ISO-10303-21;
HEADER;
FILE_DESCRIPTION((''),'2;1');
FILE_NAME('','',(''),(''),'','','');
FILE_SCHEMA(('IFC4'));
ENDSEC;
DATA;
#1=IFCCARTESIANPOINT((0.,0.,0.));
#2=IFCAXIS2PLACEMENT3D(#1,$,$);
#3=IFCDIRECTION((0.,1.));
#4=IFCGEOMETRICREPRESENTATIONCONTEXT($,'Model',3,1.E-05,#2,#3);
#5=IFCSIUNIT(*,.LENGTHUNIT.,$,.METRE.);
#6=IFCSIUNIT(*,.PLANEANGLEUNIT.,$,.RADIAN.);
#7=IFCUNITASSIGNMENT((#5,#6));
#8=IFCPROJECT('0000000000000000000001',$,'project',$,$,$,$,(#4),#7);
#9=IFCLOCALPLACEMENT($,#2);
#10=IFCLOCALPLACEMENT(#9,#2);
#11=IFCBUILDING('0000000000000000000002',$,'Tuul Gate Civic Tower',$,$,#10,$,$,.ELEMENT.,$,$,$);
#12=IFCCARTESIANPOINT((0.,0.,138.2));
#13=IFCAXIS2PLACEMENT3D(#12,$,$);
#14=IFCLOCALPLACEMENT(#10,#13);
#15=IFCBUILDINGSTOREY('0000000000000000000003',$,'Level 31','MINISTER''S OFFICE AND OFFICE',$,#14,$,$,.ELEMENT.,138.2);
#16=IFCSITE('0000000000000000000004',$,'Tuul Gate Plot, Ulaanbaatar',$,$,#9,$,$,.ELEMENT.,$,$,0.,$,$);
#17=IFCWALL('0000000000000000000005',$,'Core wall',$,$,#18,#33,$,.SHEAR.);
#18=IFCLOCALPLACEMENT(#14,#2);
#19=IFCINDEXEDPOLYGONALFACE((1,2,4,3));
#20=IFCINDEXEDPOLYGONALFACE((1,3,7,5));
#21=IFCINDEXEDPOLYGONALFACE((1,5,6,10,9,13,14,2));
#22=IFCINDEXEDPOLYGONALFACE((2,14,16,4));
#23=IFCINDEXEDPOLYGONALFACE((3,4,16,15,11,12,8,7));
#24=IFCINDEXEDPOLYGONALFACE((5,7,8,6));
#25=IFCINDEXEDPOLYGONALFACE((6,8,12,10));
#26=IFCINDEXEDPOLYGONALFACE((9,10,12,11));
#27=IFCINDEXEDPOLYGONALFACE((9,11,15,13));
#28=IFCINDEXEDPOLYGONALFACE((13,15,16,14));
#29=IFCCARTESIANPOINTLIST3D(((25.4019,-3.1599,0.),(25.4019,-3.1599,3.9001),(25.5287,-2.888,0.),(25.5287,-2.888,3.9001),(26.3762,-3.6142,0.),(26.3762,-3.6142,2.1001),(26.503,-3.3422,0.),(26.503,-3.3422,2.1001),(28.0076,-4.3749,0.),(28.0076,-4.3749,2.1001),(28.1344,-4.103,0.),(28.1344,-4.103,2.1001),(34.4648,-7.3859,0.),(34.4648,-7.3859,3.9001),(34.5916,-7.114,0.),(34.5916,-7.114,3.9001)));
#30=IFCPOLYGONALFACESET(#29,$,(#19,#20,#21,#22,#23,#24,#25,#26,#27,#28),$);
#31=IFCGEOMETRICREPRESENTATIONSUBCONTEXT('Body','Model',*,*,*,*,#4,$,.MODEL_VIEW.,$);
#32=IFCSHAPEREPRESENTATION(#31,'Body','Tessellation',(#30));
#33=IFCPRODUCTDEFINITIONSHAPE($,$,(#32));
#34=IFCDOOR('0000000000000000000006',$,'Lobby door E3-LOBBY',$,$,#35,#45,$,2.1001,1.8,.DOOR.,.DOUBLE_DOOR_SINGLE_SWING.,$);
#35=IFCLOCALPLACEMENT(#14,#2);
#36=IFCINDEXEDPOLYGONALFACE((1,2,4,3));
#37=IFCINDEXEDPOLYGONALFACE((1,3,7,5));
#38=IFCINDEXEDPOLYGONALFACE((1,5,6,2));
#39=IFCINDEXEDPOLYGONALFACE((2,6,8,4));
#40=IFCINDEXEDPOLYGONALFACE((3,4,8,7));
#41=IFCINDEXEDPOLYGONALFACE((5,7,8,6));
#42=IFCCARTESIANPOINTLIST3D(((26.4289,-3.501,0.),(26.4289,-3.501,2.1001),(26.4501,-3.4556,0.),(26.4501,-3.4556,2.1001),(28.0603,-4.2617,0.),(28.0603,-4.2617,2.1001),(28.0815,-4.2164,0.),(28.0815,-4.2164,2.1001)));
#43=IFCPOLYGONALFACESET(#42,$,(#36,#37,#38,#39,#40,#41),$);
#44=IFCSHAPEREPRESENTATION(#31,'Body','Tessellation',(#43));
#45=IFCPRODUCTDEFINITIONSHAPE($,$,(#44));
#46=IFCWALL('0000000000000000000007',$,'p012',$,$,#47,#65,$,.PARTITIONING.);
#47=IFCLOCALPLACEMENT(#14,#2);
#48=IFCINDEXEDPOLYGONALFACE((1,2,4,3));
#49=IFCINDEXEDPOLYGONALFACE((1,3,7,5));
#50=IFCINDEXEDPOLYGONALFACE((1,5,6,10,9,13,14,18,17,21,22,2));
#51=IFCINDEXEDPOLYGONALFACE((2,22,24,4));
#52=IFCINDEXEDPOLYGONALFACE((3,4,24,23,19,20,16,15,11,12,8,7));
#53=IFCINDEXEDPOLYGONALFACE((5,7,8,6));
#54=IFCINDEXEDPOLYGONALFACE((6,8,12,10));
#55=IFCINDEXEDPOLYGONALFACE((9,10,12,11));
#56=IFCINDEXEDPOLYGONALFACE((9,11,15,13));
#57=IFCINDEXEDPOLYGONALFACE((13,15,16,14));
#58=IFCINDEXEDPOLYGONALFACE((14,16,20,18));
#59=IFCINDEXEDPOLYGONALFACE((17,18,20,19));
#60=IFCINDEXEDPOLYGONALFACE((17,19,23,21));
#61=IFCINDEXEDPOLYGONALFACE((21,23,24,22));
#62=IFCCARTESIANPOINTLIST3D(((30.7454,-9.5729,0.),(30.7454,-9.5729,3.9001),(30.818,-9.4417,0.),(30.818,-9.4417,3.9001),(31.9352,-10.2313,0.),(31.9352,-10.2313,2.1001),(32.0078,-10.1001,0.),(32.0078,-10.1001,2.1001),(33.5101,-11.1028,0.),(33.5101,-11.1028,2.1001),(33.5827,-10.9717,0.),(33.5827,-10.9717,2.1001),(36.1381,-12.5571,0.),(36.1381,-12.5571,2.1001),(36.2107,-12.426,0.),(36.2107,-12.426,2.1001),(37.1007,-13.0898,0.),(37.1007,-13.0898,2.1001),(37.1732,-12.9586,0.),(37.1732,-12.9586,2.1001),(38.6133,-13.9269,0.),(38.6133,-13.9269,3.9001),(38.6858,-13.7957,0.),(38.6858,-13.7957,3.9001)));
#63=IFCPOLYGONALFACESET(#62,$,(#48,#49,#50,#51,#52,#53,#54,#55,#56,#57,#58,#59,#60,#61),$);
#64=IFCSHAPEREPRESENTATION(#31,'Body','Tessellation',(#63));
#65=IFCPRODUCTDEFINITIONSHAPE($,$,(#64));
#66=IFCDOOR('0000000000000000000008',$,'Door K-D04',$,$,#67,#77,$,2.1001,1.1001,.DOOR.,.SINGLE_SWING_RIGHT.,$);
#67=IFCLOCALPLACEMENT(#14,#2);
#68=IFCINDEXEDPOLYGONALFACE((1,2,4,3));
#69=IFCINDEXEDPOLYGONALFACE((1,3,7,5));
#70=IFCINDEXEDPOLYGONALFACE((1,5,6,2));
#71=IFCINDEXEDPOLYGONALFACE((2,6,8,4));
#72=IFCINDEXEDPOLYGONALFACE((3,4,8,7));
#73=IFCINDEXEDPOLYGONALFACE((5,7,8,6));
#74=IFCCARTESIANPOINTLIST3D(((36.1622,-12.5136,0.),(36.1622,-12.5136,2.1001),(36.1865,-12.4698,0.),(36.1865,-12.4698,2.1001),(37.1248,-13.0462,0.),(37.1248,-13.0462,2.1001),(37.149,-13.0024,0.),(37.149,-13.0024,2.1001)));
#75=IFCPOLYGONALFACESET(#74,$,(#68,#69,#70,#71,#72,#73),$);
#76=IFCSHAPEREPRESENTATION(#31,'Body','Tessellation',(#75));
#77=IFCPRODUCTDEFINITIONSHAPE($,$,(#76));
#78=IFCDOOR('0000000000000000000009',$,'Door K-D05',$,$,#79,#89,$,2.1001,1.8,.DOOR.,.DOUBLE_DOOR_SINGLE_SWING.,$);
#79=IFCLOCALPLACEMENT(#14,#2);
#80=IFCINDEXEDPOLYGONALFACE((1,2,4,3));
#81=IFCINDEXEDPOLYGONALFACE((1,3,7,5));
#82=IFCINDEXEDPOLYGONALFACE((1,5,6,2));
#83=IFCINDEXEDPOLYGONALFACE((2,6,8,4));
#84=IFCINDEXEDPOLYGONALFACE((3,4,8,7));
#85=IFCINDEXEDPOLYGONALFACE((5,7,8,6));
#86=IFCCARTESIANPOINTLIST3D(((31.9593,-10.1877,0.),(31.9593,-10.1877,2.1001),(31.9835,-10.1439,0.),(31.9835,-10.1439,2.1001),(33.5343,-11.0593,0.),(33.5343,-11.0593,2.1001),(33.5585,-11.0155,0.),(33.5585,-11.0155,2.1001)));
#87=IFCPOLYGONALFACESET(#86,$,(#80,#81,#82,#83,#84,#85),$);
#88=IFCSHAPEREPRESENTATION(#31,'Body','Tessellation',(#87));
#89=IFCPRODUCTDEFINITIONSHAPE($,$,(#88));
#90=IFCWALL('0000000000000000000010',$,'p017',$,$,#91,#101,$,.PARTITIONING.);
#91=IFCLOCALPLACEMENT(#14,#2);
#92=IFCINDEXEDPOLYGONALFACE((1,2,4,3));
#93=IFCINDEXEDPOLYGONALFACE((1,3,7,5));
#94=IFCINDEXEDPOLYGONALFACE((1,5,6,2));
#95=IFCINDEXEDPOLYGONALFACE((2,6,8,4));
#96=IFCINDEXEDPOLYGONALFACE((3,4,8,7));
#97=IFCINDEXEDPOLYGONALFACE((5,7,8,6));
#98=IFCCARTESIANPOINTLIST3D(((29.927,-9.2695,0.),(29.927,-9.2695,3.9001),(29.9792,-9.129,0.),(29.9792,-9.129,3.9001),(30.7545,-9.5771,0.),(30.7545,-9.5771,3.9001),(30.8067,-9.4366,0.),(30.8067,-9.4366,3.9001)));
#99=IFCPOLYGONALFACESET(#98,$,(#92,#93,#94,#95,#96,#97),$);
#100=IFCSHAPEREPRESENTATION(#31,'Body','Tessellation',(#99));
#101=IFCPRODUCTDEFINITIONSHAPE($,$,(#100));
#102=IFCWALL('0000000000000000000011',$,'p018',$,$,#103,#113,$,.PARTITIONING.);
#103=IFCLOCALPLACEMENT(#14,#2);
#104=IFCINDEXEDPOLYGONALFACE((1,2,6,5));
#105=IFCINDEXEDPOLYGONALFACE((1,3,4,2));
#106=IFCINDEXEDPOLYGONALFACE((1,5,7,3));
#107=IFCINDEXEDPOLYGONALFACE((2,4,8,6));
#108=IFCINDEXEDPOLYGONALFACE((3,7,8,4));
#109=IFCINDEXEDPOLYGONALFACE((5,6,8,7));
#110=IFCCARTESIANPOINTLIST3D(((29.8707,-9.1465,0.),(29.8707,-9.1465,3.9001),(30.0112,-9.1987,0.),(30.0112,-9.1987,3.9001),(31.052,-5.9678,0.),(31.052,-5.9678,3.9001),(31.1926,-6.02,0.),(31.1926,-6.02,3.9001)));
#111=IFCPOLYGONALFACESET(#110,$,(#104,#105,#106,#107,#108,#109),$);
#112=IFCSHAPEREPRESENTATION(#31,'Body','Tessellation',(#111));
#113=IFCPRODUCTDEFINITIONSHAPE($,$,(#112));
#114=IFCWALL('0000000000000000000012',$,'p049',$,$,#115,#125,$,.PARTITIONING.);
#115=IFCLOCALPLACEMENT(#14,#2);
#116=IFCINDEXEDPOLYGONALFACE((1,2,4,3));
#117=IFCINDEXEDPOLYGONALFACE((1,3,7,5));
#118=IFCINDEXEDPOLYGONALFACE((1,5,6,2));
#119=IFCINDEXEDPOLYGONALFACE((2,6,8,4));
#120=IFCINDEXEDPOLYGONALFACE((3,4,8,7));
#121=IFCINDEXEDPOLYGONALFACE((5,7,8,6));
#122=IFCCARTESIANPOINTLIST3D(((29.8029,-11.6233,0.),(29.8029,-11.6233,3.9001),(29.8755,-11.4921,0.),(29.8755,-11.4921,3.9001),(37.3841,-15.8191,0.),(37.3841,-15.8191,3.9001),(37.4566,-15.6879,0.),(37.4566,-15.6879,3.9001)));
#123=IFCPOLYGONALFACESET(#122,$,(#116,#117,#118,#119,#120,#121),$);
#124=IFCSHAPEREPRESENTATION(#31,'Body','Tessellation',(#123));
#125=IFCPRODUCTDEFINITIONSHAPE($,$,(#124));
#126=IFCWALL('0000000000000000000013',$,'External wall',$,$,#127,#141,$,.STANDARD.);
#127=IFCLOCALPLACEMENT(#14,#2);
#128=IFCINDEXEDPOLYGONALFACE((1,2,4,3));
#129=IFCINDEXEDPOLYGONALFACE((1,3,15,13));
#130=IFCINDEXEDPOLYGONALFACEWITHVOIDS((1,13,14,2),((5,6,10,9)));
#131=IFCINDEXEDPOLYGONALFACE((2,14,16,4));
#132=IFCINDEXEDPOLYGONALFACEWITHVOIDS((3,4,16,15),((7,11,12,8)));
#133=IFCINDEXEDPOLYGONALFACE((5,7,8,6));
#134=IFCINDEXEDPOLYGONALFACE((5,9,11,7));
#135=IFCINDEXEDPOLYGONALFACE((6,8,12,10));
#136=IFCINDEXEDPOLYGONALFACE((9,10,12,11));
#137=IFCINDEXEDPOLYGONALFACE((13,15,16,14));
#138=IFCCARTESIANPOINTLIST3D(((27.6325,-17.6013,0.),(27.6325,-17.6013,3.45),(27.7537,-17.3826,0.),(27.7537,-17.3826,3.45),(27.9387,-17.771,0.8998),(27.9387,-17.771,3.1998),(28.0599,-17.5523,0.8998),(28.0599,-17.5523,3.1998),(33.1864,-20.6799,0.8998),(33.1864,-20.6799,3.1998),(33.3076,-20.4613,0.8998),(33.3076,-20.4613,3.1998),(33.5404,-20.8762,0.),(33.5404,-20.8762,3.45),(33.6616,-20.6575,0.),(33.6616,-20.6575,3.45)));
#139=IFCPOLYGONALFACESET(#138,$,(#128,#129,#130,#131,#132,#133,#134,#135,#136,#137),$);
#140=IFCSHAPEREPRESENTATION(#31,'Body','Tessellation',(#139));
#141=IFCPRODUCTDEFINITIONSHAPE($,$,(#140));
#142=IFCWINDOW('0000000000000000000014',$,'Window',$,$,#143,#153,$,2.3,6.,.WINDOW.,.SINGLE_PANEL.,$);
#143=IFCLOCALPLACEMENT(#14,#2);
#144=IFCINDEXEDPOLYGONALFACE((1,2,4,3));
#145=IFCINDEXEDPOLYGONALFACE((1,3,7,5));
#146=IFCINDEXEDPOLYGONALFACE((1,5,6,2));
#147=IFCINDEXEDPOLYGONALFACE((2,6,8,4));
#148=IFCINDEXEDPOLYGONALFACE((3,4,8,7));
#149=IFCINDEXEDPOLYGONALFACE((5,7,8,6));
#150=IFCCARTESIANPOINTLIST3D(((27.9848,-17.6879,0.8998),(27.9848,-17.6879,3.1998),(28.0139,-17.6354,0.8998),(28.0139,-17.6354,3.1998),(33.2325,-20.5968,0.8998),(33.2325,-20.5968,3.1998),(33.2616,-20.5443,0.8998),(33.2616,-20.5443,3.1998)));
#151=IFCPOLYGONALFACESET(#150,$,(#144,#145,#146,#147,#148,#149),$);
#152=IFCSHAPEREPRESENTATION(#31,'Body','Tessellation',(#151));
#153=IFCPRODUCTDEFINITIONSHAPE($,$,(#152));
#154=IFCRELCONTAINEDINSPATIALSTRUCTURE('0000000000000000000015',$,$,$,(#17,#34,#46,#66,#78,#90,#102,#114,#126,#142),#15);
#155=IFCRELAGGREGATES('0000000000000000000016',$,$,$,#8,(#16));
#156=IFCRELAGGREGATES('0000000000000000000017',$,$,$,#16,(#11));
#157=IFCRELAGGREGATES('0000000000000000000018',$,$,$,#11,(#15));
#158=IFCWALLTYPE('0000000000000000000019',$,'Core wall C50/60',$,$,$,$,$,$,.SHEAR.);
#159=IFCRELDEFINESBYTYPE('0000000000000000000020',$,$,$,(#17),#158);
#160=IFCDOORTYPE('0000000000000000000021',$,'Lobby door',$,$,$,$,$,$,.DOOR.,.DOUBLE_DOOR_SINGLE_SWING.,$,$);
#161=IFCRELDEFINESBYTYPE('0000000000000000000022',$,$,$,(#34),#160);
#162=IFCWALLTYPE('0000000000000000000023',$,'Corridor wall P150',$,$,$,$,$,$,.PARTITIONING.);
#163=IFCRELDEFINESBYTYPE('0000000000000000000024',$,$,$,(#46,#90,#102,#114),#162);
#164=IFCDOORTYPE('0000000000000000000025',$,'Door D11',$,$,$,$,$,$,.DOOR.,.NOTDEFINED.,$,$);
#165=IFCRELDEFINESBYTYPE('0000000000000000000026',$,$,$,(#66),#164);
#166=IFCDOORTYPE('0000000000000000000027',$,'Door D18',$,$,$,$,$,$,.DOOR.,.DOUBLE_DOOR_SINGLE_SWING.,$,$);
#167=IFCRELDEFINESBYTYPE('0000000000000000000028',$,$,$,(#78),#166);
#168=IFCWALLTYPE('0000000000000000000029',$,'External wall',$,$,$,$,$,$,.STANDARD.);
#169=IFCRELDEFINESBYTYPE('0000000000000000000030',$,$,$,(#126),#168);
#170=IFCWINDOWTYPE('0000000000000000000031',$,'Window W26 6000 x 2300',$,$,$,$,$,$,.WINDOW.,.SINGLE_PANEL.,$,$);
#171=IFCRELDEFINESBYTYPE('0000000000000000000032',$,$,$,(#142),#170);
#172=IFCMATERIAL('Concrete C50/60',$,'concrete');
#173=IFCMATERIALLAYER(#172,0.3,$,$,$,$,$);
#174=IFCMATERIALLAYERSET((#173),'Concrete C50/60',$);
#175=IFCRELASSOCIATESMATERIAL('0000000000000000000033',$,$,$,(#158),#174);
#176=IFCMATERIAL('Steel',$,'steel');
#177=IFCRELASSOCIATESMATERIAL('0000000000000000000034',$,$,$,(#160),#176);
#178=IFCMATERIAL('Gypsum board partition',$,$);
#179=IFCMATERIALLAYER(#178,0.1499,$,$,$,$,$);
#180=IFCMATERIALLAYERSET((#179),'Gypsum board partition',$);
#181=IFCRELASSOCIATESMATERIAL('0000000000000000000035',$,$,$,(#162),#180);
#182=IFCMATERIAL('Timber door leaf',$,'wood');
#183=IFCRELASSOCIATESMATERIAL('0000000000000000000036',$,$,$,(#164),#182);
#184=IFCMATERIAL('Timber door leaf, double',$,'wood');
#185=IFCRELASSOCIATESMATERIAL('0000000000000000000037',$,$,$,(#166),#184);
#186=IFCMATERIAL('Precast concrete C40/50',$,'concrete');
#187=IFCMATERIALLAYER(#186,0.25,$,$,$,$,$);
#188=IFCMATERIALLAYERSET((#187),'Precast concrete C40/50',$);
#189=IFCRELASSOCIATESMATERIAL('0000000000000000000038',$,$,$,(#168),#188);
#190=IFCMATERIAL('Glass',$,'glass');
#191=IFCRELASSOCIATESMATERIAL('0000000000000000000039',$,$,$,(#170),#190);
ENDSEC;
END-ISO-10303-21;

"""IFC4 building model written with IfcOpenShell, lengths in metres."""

from ifc_helpers import new_model, si_unit, direction, frame, frame_2d, origin, place, context, subcontext, project, spatial, rectangle, extrude, material, layer, layer_set, type_object, element, fill, save


model = new_model("IFC4")

# Units and contexts
model_context = context("Model", 3, precision=1e-05, world=origin(), true_north=direction((0.0, 1.0)))
body_context = subcontext(model_context, "Body", "Model", "MODEL_VIEW")
ifc_project = project(units=[si_unit("LENGTHUNIT", "METRE"), si_unit("PLANEANGLEUNIT", "RADIAN")], contexts=[model_context])

# Site, building, storey
site_placement = place(None, origin())
site = spatial("IfcSite", under=ifc_project, at=site_placement, Name="Tuul Gate Plot, Ulaanbaatar", CompositionType="ELEMENT", RefElevation=0.0)
building_placement = place(site_placement, origin())
building = spatial("IfcBuilding", under=site, at=building_placement, Name="Tuul Gate Civic Tower", CompositionType="ELEMENT")
storey_placement = place(building_placement, frame((0.0, 0.0, 138.2)))
storey = spatial("IfcBuildingStorey", under=building, at=storey_placement, Name="Level 31", Description="MINISTER'S OFFICE AND OFFICE", CompositionType="ELEMENT", Elevation=138.2)

# Wall, opening, door
ifc_material_1 = material(Name="Concrete C50/60", Category="concrete")
ifc_layer_1 = layer(ifc_material_1, 0.3)
ifc_layer_set_1 = layer_set([ifc_layer_1], Name="Concrete C50/60")
wall_type_1 = type_object("IfcWallType", Name="Core wall C50/60", PredefinedType="SHEAR", material=ifc_layer_set_1)
wall_1_placement = place(storey_placement, frame((34.5283, -7.25, 0.0), z_axis=(0.0, 0.0, 1.0), x_axis=(-0.90631, 0.422613, 0.0)))
wall_1 = element("IfcWall", 1, at=wall_1_placement, inside=storey, type_object=wall_type_1, Name="Core wall", PredefinedType="SHEAR", context=body_context, shape_type="SweptSolid", body=[
    extrude(rectangle(XDim=9.9998, YDim=0.3, at=frame_2d((5.0, 0.0))), origin(), (0.0, 0.0, 1.0), 3.9001),
])
opening_1_placement = place(wall_1_placement, frame((7.125, 0.0, 0.0)))
opening_1 = element("IfcOpeningElement", 2, at=opening_1_placement, cuts=wall_1, PredefinedType="OPENING", context=body_context, shape_type="SweptSolid", body=[
    extrude(rectangle(XDim=1.8, YDim=2.1001, at=frame_2d((0.8999, 1.05))), frame((0.0, 0.1602, 0.0), z_axis=(0.0, -1.0, 0.0), x_axis=(1.0, 0.0, 0.0)), (0.0, 0.0, 1.0), 0.3201),
])
ifc_material_2 = material(Name="Steel", Category="steel")
door_type_1 = type_object("IfcDoorType", Name="Lobby door", OperationType="DOUBLE_DOOR_SINGLE_SWING", PredefinedType="DOOR", material=ifc_material_2)
door_1_placement = place(opening_1_placement, frame((1.8, 0.0, 0.0), z_axis=(0.0, 0.0, 1.0), x_axis=(-1.0, 0.0, 0.0)))
door_1 = element("IfcDoor", 3, at=door_1_placement, inside=storey, type_object=door_type_1, Name="Lobby door E3-LOBBY", OperationType="DOUBLE_DOOR_SINGLE_SWING", OverallHeight=2.1001, OverallWidth=1.8, PredefinedType="DOOR", context=body_context, shape_type="SweptSolid", body=[
    extrude(rectangle(XDim=1.8, YDim=2.1001, at=frame_2d((0.9001, 1.05))), frame((0.0, 0.0249, 0.0), z_axis=(0.0, -1.0, 0.0), x_axis=(1.0, 0.0, 0.0)), (0.0, 0.0, 1.0), 0.05),
])
fill(opening_1, door_1)

# Wall, openings, doors
ifc_material_3 = material(Name="Gypsum board partition")
ifc_layer_2 = layer(ifc_material_3, 0.1499)
ifc_layer_set_2 = layer_set([ifc_layer_2], Name="Gypsum board partition")
wall_type_2 = type_object("IfcWallType", Name="Corridor wall P150", PredefinedType="PARTITIONING", material=ifc_layer_set_2)
wall_2_placement = place(storey_placement, frame((30.7817, -9.5073, 0.0), z_axis=(0.0, 0.0, 1.0), x_axis=(0.874962, -0.484192, 0.0)))
wall_2 = element("IfcWall", 4, at=wall_2_placement, inside=storey, type_object=wall_type_2, Name="p012", PredefinedType="PARTITIONING", context=body_context, shape_type="SweptSolid", body=[
    extrude(rectangle(XDim=8.9922, YDim=0.1499, at=frame_2d((4.4961, 0.0))), origin(), (0.0, 0.0, 1.0), 3.9001),
])
opening_2_placement = place(wall_2_placement, frame((6.1633, 0.0, 0.0)))
opening_2 = element("IfcOpeningElement", 5, at=opening_2_placement, cuts=wall_2, PredefinedType="OPENING", context=body_context, shape_type="SweptSolid", body=[
    extrude(rectangle(XDim=1.1001, YDim=2.1001, at=frame_2d((0.55, 1.05))), frame((0.0, 0.085, 0.0), z_axis=(0.0, -1.0, 0.0), x_axis=(1.0, 0.0, 0.0)), (0.0, 0.0, 1.0), 0.1699),
])
opening_3_placement = place(wall_2_placement, frame((1.3599, 0.0, 0.0)))
opening_3 = element("IfcOpeningElement", 6, at=opening_3_placement, cuts=wall_2, PredefinedType="OPENING", context=body_context, shape_type="SweptSolid", body=[
    extrude(rectangle(XDim=1.8, YDim=2.1001, at=frame_2d((0.8999, 1.05))), frame((0.0, 0.085, 0.0), z_axis=(0.0, -1.0, 0.0), x_axis=(1.0, 0.0, 0.0)), (0.0, 0.0, 1.0), 0.1699),
])
ifc_material_4 = material(Name="Timber door leaf", Category="wood")
door_type_2 = type_object("IfcDoorType", Name="Door D11", OperationType="NOTDEFINED", PredefinedType="DOOR", material=ifc_material_4)
door_2_placement = place(opening_2_placement, origin())
door_2 = element("IfcDoor", 7, at=door_2_placement, inside=storey, type_object=door_type_2, Name="Door K-D04", OperationType="SINGLE_SWING_RIGHT", OverallHeight=2.1001, OverallWidth=1.1001, PredefinedType="DOOR", context=body_context, shape_type="SweptSolid", body=[
    extrude(rectangle(XDim=1.1001, YDim=2.1001, at=frame_2d((0.55, 1.05))), frame((0.0, 0.0249, 0.0), z_axis=(0.0, -1.0, 0.0), x_axis=(1.0, 0.0, 0.0)), (0.0, 0.0, 1.0), 0.05),
])
fill(opening_2, door_2)
ifc_material_5 = material(Name="Timber door leaf, double", Category="wood")
door_type_3 = type_object("IfcDoorType", Name="Door D18", OperationType="DOUBLE_DOOR_SINGLE_SWING", PredefinedType="DOOR", material=ifc_material_5)
door_3_placement = place(opening_3_placement, origin())
door_3 = element("IfcDoor", 8, at=door_3_placement, inside=storey, type_object=door_type_3, Name="Door K-D05", OperationType="DOUBLE_DOOR_SINGLE_SWING", OverallHeight=2.1001, OverallWidth=1.8, PredefinedType="DOOR", context=body_context, shape_type="SweptSolid", body=[
    extrude(rectangle(XDim=1.8, YDim=2.1001, at=frame_2d((0.8999, 1.05))), frame((0.0, 0.0249, 0.0), z_axis=(0.0, -1.0, 0.0), x_axis=(1.0, 0.0, 0.0)), (0.0, 0.0, 1.0), 0.05),
])
fill(opening_3, door_3)

# Walls
wall_3_placement = place(storey_placement, frame((29.9531, -9.1992, 0.0), z_axis=(0.0, 0.0, 1.0), x_axis=(0.937314, -0.348485, 0.0)))
element("IfcWall", 9, at=wall_3_placement, inside=storey, type_object=wall_type_2, Name="p017", PredefinedType="PARTITIONING", context=body_context, shape_type="SweptSolid", body=[
    extrude(rectangle(XDim=0.8828, YDim=0.1499, at=frame_2d((0.4414, 0.0))), origin(), (0.0, 0.0, 1.0), 3.9001),
])
wall_4_placement = place(storey_placement, frame((29.9409, -9.1726, 0.0), z_axis=(0.0, 0.0, 1.0), x_axis=(0.348376, 0.937355, 0.0)))
element("IfcWall", 10, at=wall_4_placement, inside=storey, type_object=wall_type_2, Name="p018", PredefinedType="PARTITIONING", context=body_context, shape_type="SweptSolid", body=[
    extrude(rectangle(XDim=3.3911, YDim=0.1499, at=frame_2d((1.6956, 0.0))), origin(), (0.0, 0.0, 1.0), 3.9001),
])
wall_5_placement = place(storey_placement, frame((29.8391, -11.5576, 0.0), z_axis=(0.0, 0.0, 1.0), x_axis=(0.874935, -0.48424, 0.0)))
element("IfcWall", 11, at=wall_5_placement, inside=storey, type_object=wall_type_2, Name="p049", PredefinedType="PARTITIONING", context=body_context, shape_type="SweptSolid", body=[
    extrude(rectangle(XDim=8.6648, YDim=0.1499, at=frame_2d((4.3325, 0.0))), origin(), (0.0, 0.0, 1.0), 3.9001),
])

# Wall, opening, window
ifc_material_6 = material(Name="Precast concrete C40/50", Category="concrete")
ifc_layer_3 = layer(ifc_material_6, 0.25)
ifc_layer_set_3 = layer_set([ifc_layer_3], Name="Precast concrete C40/50")
wall_type_3 = type_object("IfcWallType", Name="External wall", PredefinedType="STANDARD", material=ifc_layer_set_3)
wall_6_placement = place(storey_placement, frame((27.6931, -17.4919, 0.0), z_axis=(0.0, 0.0, 1.0), x_axis=(0.874615, -0.484817, 0.0)))
wall_6 = element("IfcWall", 12, at=wall_6_placement, inside=storey, type_object=wall_type_3, Name="External wall", PredefinedType="STANDARD", context=body_context, shape_type="SweptSolid", body=[
    extrude(rectangle(XDim=6.7549, YDim=0.25, at=frame_2d((3.3774, 0.0))), origin(), (0.0, 0.0, 1.0), 3.45),
])
opening_4_placement = place(wall_6_placement, frame((0.3501, 0.0, 0.8999)))
opening_4 = element("IfcOpeningElement", 13, at=opening_4_placement, cuts=wall_6, PredefinedType="OPENING", context=body_context, shape_type="SweptSolid", body=[
    extrude(rectangle(XDim=6.0, YDim=2.3, at=frame_2d((3.0, 1.1499))), frame((0.0, 0.135, 0.0), z_axis=(0.0, -1.0, 0.0), x_axis=(1.0, 0.0, 0.0)), (0.0, 0.0, 1.0), 0.27),
])
ifc_material_7 = material(Name="Glass", Category="glass")
window_type = type_object("IfcWindowType", Name="Window W26 6000 x 2300", PartitioningType="SINGLE_PANEL", PredefinedType="WINDOW", material=ifc_material_7)
window_1_placement = place(opening_4_placement, origin())
window_1 = element("IfcWindow", 14, at=window_1_placement, inside=storey, type_object=window_type, Name="Window", OverallHeight=2.3, OverallWidth=6.0, PartitioningType="SINGLE_PANEL", PredefinedType="WINDOW", context=body_context, shape_type="SweptSolid", body=[
    extrude(rectangle(XDim=6.0, YDim=2.3, at=frame_2d((3.0, 1.1499))), frame((0.0, 0.03, 0.0), z_axis=(0.0, -1.0, 0.0), x_axis=(1.0, 0.0, 0.0)), (0.0, 0.0, 1.0), 0.0601),
])
fill(opening_4, window_1)

save(model, "model.ifc")
